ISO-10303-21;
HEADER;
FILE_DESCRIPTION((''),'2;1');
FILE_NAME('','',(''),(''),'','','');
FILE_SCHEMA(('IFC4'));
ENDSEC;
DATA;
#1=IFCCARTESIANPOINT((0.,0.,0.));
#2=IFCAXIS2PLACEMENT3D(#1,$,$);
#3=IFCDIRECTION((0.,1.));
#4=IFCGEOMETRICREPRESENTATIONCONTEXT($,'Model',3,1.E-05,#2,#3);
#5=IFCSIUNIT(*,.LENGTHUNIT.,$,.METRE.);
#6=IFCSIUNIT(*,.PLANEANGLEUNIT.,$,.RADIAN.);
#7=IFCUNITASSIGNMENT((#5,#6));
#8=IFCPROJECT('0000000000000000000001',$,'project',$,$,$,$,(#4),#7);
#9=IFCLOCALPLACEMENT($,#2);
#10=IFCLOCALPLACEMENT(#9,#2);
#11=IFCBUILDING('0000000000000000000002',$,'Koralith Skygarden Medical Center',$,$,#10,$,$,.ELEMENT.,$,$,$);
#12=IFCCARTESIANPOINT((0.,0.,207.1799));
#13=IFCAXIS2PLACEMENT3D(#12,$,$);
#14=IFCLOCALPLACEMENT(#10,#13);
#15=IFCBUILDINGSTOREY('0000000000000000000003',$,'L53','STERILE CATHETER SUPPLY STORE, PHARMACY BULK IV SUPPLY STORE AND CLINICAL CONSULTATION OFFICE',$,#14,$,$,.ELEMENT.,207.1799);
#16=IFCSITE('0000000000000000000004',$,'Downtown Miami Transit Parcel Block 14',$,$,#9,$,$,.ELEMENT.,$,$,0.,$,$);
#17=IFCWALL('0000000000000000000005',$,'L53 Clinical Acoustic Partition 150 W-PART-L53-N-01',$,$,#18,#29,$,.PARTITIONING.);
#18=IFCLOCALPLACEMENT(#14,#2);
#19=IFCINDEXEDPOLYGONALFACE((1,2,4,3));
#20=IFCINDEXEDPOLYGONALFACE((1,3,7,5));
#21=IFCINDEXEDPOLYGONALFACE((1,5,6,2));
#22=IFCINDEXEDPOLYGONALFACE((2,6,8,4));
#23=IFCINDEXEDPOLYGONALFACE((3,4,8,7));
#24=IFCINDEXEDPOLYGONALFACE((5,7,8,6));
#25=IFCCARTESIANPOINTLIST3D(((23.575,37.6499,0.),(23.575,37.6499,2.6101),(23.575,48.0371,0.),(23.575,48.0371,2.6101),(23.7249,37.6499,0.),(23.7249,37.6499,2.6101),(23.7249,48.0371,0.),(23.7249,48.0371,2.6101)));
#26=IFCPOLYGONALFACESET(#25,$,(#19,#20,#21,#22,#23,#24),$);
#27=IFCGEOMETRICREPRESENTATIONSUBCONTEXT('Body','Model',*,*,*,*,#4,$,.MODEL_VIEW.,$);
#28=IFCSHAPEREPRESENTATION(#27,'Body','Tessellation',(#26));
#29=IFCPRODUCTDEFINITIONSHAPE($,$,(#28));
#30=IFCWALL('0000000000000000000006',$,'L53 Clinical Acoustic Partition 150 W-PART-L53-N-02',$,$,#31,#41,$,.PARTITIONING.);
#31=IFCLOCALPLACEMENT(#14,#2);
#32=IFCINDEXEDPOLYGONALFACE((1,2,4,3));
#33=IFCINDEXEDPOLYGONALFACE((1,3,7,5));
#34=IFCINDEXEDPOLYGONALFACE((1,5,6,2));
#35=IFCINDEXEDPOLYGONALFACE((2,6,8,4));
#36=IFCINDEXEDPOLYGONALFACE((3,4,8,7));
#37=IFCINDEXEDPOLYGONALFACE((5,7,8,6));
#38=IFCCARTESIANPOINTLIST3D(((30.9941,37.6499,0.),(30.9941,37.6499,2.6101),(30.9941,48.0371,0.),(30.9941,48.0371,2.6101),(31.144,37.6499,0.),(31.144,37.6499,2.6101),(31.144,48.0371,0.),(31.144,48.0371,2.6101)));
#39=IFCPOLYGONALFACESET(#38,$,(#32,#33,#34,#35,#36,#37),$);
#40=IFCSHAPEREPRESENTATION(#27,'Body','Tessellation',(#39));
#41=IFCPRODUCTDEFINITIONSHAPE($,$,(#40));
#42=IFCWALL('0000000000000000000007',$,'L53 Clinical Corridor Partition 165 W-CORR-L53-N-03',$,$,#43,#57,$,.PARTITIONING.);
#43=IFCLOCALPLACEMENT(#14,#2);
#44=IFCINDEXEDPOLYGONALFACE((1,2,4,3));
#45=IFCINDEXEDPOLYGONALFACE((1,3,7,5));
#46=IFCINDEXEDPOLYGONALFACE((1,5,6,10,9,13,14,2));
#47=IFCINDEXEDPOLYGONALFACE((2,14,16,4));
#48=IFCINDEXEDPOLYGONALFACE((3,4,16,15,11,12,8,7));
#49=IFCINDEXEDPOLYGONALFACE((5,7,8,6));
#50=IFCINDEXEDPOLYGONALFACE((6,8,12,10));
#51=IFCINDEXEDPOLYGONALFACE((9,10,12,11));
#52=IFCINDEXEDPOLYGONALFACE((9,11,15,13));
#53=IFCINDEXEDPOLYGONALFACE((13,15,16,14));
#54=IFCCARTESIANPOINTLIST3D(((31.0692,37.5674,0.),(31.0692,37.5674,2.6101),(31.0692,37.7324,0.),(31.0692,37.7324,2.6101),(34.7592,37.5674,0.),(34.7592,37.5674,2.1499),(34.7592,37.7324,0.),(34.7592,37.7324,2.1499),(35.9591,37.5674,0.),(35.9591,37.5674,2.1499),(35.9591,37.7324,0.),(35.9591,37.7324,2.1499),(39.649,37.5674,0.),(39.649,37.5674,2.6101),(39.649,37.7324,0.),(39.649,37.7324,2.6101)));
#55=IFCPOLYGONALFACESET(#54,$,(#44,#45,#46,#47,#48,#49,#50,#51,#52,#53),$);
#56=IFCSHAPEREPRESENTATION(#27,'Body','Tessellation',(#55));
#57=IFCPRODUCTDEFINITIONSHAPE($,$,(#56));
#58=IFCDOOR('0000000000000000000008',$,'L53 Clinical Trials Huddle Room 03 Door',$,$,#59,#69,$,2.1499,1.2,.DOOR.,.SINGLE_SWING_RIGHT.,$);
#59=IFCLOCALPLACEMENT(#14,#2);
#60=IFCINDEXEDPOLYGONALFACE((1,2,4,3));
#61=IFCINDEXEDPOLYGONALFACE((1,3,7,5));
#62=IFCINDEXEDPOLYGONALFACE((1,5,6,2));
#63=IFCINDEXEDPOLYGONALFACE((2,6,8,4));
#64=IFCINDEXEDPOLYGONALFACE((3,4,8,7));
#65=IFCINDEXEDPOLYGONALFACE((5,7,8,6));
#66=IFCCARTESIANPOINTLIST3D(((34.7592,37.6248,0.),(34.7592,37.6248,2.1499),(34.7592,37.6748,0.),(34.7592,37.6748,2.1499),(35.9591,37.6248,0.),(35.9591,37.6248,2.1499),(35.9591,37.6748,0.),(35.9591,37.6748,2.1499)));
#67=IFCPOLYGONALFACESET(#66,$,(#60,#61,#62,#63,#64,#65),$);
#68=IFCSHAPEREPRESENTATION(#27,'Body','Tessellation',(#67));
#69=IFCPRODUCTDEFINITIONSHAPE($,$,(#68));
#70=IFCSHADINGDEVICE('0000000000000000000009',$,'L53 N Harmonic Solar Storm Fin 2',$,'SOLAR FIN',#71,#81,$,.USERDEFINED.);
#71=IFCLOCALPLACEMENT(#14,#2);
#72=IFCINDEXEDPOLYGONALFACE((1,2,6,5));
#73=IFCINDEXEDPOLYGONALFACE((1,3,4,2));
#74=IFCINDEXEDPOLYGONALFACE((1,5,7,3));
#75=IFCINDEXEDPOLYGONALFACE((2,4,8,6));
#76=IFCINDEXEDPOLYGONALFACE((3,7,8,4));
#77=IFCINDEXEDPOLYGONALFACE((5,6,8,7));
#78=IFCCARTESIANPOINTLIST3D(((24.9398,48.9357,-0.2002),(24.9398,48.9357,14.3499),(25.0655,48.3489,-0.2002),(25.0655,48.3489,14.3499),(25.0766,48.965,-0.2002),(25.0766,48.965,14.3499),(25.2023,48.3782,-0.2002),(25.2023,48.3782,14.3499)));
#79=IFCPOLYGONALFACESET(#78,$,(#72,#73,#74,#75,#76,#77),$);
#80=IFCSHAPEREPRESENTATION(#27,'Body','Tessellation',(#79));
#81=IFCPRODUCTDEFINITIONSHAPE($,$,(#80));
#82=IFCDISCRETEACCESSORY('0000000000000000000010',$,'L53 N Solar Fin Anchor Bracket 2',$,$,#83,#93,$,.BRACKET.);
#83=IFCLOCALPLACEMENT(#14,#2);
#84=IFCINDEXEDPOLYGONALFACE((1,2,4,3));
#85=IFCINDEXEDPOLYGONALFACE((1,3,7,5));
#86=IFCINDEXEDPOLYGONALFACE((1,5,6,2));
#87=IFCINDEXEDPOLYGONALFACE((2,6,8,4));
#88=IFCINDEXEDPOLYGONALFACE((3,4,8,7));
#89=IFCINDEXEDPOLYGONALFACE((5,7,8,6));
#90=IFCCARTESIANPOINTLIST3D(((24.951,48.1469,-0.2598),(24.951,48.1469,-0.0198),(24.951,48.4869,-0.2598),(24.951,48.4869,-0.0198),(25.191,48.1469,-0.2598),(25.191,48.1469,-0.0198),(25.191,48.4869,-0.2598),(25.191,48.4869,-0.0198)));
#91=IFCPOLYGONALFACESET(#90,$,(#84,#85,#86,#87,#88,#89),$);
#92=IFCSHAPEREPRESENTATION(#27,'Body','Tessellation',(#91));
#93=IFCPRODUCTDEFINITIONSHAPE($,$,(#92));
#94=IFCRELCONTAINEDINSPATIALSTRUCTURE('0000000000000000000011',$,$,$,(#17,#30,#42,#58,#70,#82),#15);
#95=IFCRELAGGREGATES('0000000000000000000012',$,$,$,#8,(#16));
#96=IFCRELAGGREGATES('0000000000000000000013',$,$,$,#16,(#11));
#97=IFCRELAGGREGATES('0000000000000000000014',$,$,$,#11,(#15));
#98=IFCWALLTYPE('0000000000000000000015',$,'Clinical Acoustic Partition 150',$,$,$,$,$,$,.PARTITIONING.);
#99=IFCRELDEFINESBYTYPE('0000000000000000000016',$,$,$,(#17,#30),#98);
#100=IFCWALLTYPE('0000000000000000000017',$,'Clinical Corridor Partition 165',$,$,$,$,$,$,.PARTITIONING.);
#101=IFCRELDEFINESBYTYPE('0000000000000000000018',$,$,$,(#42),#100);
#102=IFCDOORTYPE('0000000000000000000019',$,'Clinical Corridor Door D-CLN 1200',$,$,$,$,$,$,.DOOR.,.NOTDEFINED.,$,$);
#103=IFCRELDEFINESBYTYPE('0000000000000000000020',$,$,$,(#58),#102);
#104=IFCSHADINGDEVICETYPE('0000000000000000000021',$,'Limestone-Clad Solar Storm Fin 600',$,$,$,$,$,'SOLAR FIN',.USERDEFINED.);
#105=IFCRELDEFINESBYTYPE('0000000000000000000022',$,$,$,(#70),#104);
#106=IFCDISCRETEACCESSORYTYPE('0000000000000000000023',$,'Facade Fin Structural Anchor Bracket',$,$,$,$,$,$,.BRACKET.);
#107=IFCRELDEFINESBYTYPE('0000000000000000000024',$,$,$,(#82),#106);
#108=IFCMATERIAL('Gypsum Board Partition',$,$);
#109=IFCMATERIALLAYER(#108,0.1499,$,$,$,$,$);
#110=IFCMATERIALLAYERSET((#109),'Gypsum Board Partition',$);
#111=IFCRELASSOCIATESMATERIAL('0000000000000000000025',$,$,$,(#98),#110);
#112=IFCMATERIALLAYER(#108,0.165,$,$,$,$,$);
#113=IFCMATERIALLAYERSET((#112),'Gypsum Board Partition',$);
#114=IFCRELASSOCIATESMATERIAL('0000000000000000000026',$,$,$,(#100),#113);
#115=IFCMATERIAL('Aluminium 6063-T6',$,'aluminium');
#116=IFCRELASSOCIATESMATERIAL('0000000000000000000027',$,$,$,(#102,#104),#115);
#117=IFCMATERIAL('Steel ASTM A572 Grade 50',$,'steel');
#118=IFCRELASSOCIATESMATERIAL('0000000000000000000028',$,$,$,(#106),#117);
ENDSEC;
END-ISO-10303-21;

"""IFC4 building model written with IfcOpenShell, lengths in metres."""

from ifc_helpers import new_model, si_unit, direction, frame, frame_2d, origin, origin_2d, place, context, subcontext, project, spatial, rectangle, extrude, material, layer, layer_set, type_object, element, fill, save


model = new_model("IFC4")

# Units and contexts
model_context = context("Model", 3, precision=1e-05, world=origin(), true_north=direction((0.0, 1.0)))
body_context = subcontext(model_context, "Body", "Model", "MODEL_VIEW")
ifc_project = project(units=[si_unit("LENGTHUNIT", "METRE"), si_unit("PLANEANGLEUNIT", "RADIAN")], contexts=[model_context])

# Site, building, storey
site_placement = place(None, origin())
site = spatial("IfcSite", under=ifc_project, at=site_placement, Name="Downtown Miami Transit Parcel Block 14", CompositionType="ELEMENT", RefElevation=0.0)
building_placement = place(site_placement, origin())
building = spatial("IfcBuilding", under=site, at=building_placement, Name="Koralith Skygarden Medical Center", CompositionType="ELEMENT")
storey_placement = place(building_placement, frame((0.0, 0.0, 207.1799)))
storey = spatial("IfcBuildingStorey", under=building, at=storey_placement, Name="L53", Description="STERILE CATHETER SUPPLY STORE, PHARMACY BULK IV SUPPLY STORE AND CLINICAL CONSULTATION OFFICE", CompositionType="ELEMENT", Elevation=207.1799)

# Shared definitions
ifc_material_1 = material(Name="Aluminium 6063-T6", Category="aluminium")

# Walls
ifc_material_2 = material(Name="Gypsum Board Partition")
ifc_layer_1 = layer(ifc_material_2, 0.1499)
ifc_layer_set_1 = layer_set([ifc_layer_1], Name="Gypsum Board Partition")
wall_type_1 = type_object("IfcWallType", Name="Clinical Acoustic Partition 150", PredefinedType="PARTITIONING", material=ifc_layer_set_1)
for number, where, z_axis, x_axis, name in (
    (1, (23.6499, 37.6499, 0.0), (0.0, 0.0, 1.0), (0.0, 1.0, 0.0), "L53 Clinical Acoustic Partition 150 W-PART-L53-N-01"),
    (2, (31.0691, 37.6499, 0.0), (0.0, 0.0, 1.0), (0.0, 1.0, 0.0), "L53 Clinical Acoustic Partition 150 W-PART-L53-N-02"),
):
    element("IfcWall", number, at=place(storey_placement, frame(where, z_axis=z_axis, x_axis=x_axis)), inside=storey, type_object=wall_type_1, Name=name, PredefinedType="PARTITIONING", context=body_context, shape_type="SweptSolid", body=[
        extrude(rectangle(XDim=10.3872, YDim=0.1499, at=frame_2d((5.1936, 0.0))), origin(), (0.0, 0.0, 1.0), 2.6101),
    ])

# Wall, opening, door
ifc_layer_2 = layer(ifc_material_2, 0.165)
ifc_layer_set_2 = layer_set([ifc_layer_2], Name="Gypsum Board Partition")
wall_type_2 = type_object("IfcWallType", Name="Clinical Corridor Partition 165", PredefinedType="PARTITIONING", material=ifc_layer_set_2)
door_type_1 = type_object("IfcDoorType", Name="Clinical Corridor Door D-CLN 1200", OperationType="NOTDEFINED", PredefinedType="DOOR", material=ifc_material_1)
wall_1_placement = place(storey_placement, frame((31.0691, 37.6499, 0.0), z_axis=(0.0, 0.0, 1.0), x_axis=(1.0, 0.0, 0.0)))
wall_1 = element("IfcWall", 3, at=wall_1_placement, inside=storey, type_object=wall_type_2, Name="L53 Clinical Corridor Partition 165 W-CORR-L53-N-03", PredefinedType="PARTITIONING", context=body_context, shape_type="SweptSolid", body=[
    extrude(rectangle(XDim=8.5798, YDim=0.165, at=frame_2d((4.29, 0.0))), origin(), (0.0, 0.0, 1.0), 2.6101),
])
opening_1_placement = place(wall_1_placement, frame((3.6899, 0.0, 0.0)))
opening_1 = element("IfcOpeningElement", 4, at=opening_1_placement, cuts=wall_1, PredefinedType="OPENING", context=body_context, shape_type="SweptSolid", body=[
    extrude(rectangle(XDim=1.2, YDim=2.1499, at=frame_2d((0.6001, 1.075))), frame((0.0, 0.0925, 0.0), z_axis=(0.0, -1.0, 0.0), x_axis=(1.0, 0.0, 0.0)), (0.0, 0.0, 1.0), 0.1851),
])
door_1_placement = place(opening_1_placement, origin())
door_1 = element("IfcDoor", 5, at=door_1_placement, inside=storey, type_object=door_type_1, Name="L53 Clinical Trials Huddle Room 03 Door", OperationType="SINGLE_SWING_RIGHT", OverallHeight=2.1499, OverallWidth=1.2, PredefinedType="DOOR", context=body_context, shape_type="SweptSolid", body=[
    extrude(rectangle(XDim=1.2, YDim=2.1499, at=frame_2d((0.6001, 1.075))), frame((0.0, 0.0249, 0.0), z_axis=(0.0, -1.0, 0.0), x_axis=(1.0, 0.0, 0.0)), (0.0, 0.0, 1.0), 0.05),
])
fill(opening_1, door_1)

# Shading device
shading_device_type = type_object("IfcShadingDeviceType", Name="Limestone-Clad Solar Storm Fin 600", ElementType="SOLAR FIN", PredefinedType="USERDEFINED", material=ifc_material_1)
shading_device_placement = place(storey_placement, frame((25.071, 48.657, -0.2002), z_axis=(0.0, 0.0, 1.0), x_axis=(-0.209516, 0.977805, 0.0)))
element("IfcShadingDevice", 6, at=shading_device_placement, inside=storey, type_object=shading_device_type, Name="L53 N Harmonic Solar Storm Fin 2", ObjectType="SOLAR FIN", PredefinedType="USERDEFINED", context=body_context, shape_type="SweptSolid", body=[
    extrude(rectangle(XDim=0.6001, YDim=0.1399, at=origin_2d()), origin(), (0.0, 0.0, 1.0), 14.55),
])

# Discrete accessory
ifc_material_3 = material(Name="Steel ASTM A572 Grade 50", Category="steel")
discrete_accessory_type = type_object("IfcDiscreteAccessoryType", Name="Facade Fin Structural Anchor Bracket", PredefinedType="BRACKET", material=ifc_material_3)
discrete_accessory_placement = place(storey_placement, frame((25.071, 48.3169, -0.2598), z_axis=(0.0, 0.0, 1.0), x_axis=(0.0, 1.0, 0.0)))
element("IfcDiscreteAccessory", 7, at=discrete_accessory_placement, inside=storey, type_object=discrete_accessory_type, Name="L53 N Solar Fin Anchor Bracket 2", PredefinedType="BRACKET", context=body_context, shape_type="SweptSolid", body=[
    extrude(rectangle(XDim=0.3401, YDim=0.24, at=origin_2d()), origin(), (0.0, 0.0, 1.0), 0.24),
])

save(model, "model.ifc")
